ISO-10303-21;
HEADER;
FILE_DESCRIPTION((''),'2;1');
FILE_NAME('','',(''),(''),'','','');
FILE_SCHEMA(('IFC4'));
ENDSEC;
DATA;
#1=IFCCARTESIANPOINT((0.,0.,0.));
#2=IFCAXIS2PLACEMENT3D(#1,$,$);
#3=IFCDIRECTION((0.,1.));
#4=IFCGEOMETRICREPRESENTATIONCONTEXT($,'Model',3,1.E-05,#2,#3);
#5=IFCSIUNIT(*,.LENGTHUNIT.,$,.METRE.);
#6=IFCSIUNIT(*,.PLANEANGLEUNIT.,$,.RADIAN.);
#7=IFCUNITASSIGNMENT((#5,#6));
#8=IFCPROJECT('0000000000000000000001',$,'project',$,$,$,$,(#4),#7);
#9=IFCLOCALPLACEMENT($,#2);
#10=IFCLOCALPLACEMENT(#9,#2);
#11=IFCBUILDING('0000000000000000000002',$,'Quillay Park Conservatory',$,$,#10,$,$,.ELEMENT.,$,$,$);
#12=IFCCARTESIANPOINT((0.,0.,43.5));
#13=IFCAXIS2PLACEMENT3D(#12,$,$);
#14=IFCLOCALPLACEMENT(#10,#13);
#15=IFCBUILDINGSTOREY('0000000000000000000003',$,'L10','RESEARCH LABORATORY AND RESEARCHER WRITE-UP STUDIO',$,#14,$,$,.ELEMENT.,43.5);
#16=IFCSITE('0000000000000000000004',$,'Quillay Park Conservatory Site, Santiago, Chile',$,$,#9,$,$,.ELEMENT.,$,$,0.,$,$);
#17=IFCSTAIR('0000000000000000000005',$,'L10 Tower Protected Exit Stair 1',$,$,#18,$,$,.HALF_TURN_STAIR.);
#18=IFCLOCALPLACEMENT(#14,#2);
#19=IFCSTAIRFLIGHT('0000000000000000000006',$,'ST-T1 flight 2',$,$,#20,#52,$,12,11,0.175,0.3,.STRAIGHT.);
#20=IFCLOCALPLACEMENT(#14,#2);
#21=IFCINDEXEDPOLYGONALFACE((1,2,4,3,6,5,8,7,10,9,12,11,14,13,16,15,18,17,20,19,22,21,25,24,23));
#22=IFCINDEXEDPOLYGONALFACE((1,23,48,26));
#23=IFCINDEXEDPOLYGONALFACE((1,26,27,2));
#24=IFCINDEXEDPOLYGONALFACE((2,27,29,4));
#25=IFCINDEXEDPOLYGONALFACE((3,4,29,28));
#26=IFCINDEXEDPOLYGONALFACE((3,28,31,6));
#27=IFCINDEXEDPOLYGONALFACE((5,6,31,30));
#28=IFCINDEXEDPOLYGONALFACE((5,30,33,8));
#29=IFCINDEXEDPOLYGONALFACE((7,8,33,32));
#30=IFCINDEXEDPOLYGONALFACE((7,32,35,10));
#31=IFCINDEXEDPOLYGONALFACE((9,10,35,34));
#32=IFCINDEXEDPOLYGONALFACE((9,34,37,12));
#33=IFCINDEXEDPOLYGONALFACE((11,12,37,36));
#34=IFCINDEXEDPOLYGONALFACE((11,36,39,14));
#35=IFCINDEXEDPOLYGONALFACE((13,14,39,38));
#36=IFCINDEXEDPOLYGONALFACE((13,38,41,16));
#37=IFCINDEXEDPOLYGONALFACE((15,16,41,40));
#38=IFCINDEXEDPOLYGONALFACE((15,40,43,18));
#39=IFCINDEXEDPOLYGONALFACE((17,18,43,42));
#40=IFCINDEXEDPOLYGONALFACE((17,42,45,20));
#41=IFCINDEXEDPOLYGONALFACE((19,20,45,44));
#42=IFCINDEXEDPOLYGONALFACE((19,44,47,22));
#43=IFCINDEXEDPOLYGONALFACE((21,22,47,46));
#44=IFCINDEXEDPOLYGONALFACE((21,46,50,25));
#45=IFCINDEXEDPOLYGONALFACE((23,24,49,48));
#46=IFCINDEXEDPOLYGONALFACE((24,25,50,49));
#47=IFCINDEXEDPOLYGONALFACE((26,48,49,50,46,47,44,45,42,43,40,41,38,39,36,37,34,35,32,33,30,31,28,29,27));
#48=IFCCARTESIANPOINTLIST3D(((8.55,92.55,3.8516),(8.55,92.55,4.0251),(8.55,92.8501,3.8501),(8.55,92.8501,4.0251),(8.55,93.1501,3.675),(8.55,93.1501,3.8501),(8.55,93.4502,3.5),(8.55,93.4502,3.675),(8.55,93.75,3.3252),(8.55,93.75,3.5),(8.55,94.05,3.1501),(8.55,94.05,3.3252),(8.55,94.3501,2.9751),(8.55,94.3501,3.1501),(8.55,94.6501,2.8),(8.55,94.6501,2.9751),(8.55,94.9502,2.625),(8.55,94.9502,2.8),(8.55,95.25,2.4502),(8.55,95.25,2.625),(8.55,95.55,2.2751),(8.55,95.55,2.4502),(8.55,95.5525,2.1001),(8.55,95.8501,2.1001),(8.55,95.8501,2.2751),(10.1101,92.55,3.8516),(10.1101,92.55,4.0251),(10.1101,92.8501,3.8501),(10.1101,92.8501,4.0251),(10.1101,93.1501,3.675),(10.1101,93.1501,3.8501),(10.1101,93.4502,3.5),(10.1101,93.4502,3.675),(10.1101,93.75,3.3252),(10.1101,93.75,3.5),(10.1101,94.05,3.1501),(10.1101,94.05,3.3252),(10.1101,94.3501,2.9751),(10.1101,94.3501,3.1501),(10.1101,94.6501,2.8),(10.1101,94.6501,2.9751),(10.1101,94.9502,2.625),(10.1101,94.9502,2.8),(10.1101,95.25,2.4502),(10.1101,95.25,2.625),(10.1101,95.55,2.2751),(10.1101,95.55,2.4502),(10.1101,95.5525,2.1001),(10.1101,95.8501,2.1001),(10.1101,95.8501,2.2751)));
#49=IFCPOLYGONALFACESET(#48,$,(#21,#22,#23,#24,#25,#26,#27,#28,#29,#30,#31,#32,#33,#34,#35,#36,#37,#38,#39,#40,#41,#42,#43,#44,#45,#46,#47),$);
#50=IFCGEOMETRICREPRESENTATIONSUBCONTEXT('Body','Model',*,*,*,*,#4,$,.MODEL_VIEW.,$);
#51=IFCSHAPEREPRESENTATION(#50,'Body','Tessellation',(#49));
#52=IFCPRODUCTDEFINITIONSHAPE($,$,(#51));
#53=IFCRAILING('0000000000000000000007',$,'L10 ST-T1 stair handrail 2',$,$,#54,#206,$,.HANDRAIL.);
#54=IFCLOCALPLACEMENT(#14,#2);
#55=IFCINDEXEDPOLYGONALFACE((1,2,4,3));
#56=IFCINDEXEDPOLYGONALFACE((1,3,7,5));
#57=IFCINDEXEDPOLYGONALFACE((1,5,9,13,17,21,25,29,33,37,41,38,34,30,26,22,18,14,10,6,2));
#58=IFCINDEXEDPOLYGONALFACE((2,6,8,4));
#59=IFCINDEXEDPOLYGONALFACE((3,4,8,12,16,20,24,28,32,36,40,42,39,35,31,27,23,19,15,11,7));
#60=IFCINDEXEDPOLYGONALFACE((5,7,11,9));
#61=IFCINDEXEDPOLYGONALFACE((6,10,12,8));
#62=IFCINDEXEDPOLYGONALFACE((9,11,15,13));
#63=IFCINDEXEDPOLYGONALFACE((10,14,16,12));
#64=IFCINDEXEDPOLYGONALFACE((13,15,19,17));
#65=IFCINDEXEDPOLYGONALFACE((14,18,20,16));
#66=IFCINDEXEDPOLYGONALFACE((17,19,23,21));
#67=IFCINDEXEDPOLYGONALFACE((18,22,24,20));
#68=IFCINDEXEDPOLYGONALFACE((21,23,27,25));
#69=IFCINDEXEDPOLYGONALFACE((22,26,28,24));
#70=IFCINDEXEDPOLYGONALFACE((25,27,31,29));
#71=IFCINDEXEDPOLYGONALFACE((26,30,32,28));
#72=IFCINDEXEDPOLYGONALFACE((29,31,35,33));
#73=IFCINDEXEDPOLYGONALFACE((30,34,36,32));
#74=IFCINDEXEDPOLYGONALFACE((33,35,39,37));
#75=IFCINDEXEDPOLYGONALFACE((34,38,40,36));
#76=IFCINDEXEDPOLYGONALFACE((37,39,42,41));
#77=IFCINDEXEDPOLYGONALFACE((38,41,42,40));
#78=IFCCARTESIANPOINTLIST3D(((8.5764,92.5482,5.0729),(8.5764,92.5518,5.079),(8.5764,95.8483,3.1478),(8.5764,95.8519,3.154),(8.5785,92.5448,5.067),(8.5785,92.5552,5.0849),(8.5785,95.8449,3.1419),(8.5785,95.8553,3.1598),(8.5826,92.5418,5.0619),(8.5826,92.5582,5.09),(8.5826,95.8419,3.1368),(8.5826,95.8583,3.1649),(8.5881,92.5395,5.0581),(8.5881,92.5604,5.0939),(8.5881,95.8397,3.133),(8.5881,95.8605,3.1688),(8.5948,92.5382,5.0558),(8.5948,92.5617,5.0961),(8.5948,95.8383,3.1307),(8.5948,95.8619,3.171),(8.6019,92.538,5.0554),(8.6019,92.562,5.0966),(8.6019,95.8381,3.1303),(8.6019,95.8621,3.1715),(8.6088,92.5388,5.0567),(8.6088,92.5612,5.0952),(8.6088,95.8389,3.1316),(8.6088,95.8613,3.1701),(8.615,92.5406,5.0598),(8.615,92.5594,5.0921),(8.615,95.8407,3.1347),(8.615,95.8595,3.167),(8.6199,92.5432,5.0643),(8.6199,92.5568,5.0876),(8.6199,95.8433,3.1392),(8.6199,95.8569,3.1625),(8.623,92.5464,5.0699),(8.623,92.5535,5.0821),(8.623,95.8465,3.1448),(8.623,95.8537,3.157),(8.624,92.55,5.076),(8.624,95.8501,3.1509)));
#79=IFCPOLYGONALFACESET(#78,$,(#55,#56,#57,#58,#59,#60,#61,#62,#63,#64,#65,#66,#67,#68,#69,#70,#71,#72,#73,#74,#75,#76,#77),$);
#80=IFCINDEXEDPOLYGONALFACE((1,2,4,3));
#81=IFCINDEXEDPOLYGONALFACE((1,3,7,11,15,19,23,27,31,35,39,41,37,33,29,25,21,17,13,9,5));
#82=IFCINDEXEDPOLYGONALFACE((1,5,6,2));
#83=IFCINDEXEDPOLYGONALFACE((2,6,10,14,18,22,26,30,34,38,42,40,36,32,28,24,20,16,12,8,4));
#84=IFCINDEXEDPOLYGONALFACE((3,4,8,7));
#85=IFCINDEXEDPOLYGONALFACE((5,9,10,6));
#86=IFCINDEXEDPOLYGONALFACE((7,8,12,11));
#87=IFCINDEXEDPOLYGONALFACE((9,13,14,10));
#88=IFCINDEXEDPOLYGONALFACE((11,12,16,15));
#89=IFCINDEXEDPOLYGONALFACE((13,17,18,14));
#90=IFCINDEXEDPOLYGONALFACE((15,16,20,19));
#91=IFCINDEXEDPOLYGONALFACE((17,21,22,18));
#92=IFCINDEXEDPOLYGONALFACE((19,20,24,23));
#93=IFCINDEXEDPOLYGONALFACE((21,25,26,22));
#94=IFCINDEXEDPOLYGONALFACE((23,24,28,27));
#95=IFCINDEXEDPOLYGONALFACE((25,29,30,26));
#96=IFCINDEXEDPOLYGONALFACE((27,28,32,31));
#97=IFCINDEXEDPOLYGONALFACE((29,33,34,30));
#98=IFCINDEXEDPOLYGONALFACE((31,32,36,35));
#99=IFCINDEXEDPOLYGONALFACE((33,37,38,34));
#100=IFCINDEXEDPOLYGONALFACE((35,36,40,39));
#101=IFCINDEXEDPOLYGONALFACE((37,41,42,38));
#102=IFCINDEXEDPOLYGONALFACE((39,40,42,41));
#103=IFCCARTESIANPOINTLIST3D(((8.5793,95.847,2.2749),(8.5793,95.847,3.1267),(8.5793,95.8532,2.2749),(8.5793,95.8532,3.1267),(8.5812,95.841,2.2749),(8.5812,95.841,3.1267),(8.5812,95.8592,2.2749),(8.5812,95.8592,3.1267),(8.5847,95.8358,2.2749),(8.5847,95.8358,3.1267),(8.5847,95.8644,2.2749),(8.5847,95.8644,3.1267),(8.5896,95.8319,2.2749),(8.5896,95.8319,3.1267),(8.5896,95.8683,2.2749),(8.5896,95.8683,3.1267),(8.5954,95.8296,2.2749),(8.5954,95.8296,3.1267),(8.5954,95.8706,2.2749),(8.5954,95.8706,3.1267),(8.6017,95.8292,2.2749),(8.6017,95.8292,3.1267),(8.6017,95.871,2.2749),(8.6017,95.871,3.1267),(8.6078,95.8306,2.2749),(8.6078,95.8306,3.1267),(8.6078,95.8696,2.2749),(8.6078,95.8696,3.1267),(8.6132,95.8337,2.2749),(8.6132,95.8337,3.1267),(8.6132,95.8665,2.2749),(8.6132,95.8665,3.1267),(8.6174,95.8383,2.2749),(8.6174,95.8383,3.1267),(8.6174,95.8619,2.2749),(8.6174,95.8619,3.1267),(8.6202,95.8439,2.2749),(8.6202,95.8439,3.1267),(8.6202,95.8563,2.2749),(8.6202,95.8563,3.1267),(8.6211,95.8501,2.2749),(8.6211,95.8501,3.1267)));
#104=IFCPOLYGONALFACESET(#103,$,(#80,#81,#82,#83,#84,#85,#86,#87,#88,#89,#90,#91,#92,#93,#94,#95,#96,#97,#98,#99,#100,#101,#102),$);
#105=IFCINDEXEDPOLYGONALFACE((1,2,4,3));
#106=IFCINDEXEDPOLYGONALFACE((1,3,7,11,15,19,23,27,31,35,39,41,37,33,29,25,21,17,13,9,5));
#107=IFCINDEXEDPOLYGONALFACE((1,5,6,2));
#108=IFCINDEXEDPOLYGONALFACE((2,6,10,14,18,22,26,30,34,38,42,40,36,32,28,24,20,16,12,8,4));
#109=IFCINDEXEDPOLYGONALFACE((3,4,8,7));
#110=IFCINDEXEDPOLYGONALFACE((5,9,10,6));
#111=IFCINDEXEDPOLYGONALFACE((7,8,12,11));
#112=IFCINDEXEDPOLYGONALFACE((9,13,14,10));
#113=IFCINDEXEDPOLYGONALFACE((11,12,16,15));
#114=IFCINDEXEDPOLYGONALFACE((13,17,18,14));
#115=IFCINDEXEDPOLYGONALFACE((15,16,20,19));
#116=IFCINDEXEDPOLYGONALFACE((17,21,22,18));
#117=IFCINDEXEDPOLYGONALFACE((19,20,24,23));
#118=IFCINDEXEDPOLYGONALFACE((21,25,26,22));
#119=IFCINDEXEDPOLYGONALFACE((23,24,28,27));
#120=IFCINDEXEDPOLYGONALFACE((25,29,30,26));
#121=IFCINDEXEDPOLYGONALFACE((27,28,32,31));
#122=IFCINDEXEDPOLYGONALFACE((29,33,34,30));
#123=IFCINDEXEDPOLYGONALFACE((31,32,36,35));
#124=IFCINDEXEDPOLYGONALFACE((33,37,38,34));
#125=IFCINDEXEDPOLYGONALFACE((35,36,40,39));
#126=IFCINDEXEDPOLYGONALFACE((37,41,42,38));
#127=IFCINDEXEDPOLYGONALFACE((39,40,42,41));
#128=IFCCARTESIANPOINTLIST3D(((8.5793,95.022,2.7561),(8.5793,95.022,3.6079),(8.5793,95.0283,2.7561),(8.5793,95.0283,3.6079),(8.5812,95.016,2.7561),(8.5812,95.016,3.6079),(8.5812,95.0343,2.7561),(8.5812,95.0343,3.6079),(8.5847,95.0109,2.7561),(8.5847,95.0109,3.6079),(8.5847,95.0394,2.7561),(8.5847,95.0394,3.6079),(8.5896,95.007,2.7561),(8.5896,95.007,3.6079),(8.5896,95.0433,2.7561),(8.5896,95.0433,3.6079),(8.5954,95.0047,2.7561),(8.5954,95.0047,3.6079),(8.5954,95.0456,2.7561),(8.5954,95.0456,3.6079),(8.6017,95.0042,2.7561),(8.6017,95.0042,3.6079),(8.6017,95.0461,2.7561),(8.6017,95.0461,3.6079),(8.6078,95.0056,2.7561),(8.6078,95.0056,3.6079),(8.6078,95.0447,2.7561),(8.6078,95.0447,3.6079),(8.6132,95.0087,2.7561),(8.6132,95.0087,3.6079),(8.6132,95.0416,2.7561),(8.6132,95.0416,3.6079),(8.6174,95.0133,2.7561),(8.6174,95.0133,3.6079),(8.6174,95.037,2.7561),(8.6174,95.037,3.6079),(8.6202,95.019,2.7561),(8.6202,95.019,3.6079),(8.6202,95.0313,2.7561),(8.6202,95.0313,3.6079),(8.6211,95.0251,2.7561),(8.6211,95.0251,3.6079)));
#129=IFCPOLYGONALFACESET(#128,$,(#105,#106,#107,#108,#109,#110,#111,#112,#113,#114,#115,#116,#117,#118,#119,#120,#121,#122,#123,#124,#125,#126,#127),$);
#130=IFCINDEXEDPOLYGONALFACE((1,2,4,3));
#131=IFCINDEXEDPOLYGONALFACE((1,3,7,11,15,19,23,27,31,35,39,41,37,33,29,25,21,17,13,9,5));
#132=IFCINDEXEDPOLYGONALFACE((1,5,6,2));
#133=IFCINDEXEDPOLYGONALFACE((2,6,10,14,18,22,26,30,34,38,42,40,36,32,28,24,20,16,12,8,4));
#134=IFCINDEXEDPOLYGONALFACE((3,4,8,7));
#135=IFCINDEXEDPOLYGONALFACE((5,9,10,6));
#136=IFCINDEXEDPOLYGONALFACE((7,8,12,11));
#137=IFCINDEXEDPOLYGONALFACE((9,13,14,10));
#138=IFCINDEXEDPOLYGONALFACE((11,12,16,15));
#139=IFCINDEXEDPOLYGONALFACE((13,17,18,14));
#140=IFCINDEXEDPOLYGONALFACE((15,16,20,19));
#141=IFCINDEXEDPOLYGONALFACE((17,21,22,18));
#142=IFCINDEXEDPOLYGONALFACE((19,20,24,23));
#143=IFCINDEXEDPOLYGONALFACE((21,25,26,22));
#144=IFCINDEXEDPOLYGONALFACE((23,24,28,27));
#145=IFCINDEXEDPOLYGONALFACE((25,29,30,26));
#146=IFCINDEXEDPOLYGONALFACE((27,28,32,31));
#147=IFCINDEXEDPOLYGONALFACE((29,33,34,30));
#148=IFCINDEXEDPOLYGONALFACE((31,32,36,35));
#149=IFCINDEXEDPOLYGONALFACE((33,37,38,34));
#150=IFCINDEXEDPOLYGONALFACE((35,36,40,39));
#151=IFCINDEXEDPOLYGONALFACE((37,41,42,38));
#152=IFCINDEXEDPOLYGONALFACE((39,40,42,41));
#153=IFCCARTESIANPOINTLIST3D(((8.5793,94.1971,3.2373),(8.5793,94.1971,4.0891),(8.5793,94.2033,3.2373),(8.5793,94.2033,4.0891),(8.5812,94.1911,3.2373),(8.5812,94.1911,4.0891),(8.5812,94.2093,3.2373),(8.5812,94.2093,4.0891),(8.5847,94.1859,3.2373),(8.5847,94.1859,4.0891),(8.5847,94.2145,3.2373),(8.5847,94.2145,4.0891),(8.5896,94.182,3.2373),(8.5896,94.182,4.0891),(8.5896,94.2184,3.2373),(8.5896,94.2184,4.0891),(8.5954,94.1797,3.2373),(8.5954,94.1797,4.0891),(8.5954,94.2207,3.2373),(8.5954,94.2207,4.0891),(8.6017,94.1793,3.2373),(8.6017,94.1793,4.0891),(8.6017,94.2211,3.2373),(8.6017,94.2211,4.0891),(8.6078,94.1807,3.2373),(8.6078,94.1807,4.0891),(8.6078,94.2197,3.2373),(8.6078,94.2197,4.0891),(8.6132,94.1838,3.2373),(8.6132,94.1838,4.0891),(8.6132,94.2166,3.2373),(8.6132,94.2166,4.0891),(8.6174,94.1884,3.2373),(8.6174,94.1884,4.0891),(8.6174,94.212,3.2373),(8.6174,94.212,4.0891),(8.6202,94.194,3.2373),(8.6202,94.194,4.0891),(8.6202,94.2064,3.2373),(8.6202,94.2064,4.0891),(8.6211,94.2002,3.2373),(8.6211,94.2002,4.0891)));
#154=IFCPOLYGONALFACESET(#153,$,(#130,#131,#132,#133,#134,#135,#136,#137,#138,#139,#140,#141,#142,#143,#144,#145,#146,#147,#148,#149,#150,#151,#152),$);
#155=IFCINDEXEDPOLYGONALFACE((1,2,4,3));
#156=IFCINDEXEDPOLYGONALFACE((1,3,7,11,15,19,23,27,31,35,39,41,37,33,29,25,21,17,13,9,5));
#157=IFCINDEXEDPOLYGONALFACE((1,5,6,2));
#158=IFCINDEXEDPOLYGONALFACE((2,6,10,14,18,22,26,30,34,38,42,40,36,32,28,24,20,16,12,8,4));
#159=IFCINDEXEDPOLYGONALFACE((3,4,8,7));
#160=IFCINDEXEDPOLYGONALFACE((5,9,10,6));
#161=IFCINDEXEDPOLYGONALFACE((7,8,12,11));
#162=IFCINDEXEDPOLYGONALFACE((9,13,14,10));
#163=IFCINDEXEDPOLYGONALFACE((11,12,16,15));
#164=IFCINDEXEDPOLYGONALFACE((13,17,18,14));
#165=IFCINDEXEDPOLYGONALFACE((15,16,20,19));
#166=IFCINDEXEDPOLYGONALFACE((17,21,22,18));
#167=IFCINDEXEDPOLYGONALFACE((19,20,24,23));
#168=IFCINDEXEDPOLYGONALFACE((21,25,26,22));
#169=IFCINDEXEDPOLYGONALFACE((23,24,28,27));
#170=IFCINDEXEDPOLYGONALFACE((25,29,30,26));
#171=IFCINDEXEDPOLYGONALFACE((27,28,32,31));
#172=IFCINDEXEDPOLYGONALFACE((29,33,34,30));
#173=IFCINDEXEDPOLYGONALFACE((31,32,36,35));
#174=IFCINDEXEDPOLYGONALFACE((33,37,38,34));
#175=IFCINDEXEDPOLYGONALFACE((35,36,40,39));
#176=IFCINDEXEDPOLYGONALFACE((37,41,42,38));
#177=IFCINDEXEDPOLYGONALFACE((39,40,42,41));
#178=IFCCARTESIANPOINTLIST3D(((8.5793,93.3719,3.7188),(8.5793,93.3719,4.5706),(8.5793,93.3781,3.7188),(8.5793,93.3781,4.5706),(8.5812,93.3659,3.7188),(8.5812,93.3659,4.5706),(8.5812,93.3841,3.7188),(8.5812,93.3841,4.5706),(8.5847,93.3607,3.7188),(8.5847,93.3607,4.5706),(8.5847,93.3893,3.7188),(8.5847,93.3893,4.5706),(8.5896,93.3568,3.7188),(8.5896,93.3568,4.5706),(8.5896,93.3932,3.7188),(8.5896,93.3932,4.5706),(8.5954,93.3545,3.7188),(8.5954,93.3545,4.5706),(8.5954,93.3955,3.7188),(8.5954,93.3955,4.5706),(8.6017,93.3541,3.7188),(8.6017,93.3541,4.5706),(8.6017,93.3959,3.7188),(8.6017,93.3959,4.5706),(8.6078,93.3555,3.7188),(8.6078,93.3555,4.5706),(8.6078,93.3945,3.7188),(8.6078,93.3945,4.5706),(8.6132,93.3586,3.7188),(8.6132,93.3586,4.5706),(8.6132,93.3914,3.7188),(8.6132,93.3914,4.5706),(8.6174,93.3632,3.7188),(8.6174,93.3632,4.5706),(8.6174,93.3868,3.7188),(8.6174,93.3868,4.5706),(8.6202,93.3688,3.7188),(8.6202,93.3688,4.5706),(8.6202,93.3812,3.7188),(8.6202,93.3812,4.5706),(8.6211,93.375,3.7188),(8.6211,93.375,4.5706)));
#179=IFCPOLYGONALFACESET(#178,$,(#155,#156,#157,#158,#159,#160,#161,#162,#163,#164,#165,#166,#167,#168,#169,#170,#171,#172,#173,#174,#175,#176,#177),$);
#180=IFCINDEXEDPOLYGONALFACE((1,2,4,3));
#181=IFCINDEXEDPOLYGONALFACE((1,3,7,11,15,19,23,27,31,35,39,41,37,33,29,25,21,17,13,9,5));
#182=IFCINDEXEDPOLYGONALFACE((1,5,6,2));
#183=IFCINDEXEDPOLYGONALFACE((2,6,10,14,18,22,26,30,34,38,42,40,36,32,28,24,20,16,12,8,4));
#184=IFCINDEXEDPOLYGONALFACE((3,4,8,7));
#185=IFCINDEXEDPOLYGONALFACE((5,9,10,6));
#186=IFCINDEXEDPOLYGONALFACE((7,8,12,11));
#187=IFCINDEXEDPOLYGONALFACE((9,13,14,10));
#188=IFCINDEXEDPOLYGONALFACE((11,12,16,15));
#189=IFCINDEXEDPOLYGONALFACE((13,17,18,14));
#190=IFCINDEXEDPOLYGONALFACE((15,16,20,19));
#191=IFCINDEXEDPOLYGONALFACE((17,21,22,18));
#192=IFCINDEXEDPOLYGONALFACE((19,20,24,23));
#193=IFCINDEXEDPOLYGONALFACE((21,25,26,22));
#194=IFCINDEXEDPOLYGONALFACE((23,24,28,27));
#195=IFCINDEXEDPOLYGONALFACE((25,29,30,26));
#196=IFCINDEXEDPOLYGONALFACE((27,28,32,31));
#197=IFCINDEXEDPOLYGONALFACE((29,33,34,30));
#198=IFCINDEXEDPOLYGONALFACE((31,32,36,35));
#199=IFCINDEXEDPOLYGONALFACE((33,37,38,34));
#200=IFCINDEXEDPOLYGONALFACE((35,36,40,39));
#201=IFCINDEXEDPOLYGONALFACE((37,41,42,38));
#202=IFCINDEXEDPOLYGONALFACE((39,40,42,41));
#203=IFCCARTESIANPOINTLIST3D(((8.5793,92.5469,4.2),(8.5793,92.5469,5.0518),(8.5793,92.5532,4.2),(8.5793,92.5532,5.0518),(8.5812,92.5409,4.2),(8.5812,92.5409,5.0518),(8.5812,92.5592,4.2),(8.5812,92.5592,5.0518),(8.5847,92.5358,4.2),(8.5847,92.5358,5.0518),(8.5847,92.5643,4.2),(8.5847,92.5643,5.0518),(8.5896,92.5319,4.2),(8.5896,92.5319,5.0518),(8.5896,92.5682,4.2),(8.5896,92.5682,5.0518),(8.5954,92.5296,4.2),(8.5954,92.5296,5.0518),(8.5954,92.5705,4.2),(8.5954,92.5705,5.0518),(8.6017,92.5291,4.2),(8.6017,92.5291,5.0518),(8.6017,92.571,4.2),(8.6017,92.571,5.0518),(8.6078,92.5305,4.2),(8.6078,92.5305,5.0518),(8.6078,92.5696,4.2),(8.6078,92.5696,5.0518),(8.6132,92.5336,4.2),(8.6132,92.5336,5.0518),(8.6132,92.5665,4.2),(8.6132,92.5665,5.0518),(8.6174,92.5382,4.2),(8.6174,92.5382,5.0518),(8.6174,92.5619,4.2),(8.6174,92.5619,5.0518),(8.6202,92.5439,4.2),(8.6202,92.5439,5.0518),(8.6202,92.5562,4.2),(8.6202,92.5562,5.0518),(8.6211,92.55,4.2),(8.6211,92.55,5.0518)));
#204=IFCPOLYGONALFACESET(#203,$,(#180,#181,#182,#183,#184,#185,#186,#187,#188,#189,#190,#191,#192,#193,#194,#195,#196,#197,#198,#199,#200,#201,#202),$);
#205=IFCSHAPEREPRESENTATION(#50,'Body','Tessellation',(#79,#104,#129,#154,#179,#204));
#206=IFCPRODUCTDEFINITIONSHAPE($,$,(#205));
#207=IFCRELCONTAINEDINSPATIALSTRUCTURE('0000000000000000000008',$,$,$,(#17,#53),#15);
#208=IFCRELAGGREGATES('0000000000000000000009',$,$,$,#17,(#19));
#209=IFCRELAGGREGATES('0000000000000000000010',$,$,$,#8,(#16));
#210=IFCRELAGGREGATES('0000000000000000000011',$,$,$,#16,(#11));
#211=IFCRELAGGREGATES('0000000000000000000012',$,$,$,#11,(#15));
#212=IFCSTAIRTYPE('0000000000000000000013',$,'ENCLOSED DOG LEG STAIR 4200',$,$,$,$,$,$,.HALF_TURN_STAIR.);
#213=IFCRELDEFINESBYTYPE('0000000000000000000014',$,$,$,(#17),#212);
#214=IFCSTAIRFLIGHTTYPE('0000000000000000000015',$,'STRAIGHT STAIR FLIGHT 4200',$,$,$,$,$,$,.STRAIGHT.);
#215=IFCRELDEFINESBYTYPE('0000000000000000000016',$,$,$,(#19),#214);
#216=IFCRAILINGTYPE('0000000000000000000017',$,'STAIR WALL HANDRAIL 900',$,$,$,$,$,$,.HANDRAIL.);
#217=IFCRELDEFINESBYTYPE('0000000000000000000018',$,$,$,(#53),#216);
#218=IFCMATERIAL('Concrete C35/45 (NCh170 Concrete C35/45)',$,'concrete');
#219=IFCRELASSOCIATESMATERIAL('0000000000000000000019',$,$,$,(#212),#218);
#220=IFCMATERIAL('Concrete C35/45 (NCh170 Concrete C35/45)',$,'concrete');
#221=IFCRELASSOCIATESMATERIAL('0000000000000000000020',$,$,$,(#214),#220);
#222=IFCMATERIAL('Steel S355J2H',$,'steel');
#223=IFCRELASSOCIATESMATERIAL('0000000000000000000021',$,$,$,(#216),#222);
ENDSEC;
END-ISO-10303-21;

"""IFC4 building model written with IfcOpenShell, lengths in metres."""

from ifc_helpers import new_model, si_unit, direction, frame, origin, origin_2d, place, context, subcontext, project, spatial, polyline, circle, outline, extrude, material, type_object, element, aggregate, save


model = new_model("IFC4")

# Units and contexts
model_context = context("Model", 3, precision=1e-05, world=origin(), true_north=direction((0.0, 1.0)))
body_context = subcontext(model_context, "Body", "Model", "MODEL_VIEW")
ifc_project = project(units=[si_unit("LENGTHUNIT", "METRE"), si_unit("PLANEANGLEUNIT", "RADIAN")], contexts=[model_context])

# Site, building, storey
site_placement = place(None, origin())
site = spatial("IfcSite", under=ifc_project, at=site_placement, Name="Quillay Park Conservatory Site, Santiago, Chile", CompositionType="ELEMENT", RefElevation=0.0)
building_placement = place(site_placement, origin())
building = spatial("IfcBuilding", under=site, at=building_placement, Name="Quillay Park Conservatory", CompositionType="ELEMENT")
storey_placement = place(building_placement, frame((0.0, 0.0, 43.5)))
storey = spatial("IfcBuildingStorey", under=building, at=storey_placement, Name="L10", Description="RESEARCH LABORATORY AND RESEARCHER WRITE-UP STUDIO", CompositionType="ELEMENT", Elevation=43.5)

# Stair, stair flight
ifc_material_1 = material(Name="Concrete C35/45 (NCh170 Concrete C35/45)", Category="concrete")
stair_type = type_object("IfcStairType", Name="ENCLOSED DOG LEG STAIR 4200", PredefinedType="HALF_TURN_STAIR", material=ifc_material_1)
stair_placement = place(storey_placement, origin())
stair = element("IfcStair", 1, at=stair_placement, inside=storey, type_object=stair_type, Name="L10 Tower Protected Exit Stair 1", PredefinedType="HALF_TURN_STAIR")
ifc_material_2 = material(Name="Concrete C35/45 (NCh170 Concrete C35/45)", Category="concrete")
stair_flight_type = type_object("IfcStairFlightType", Name="STRAIGHT STAIR FLIGHT 4200", PredefinedType="STRAIGHT", material=ifc_material_2)
stair_flight_placement = place(storey_placement, frame((9.3301, 95.8501, 2.1001), z_axis=(0.0, 0.0, 1.0), x_axis=(0.0, -1.0, 0.0)))
stair_flight = element("IfcStairFlight", 2, at=stair_flight_placement, type_object=stair_flight_type, Name="ST-T1 flight 2", NumberOfRisers=12, NumberOfTreads=11, PredefinedType="STRAIGHT", RiserHeight=0.175, TreadLength=0.3, context=body_context, shape_type="SweptSolid", body=[
    extrude(outline(polyline([(0.0, 0.0), (0.0, 0.175), (0.3, 0.175), (0.3, 0.3501), (0.6001, 0.3501), (0.6001, 0.5249), (0.8999, 0.5249), (0.8999, 0.7), (1.2, 0.7), (1.2, 0.875), (1.5, 0.875), (1.5, 1.05), (1.8, 1.05), (1.8, 1.2251), (2.1001, 1.2251), (2.1001, 1.3999), (2.3999, 1.3999), (2.3999, 1.575), (2.7, 1.575), (2.7, 1.75), (3.0, 1.75), (3.0, 1.925), (3.3, 1.925), (3.3, 2.1001), (3.3, 1.7515), (0.2976, 0.0), (0.0, 0.0)])), frame((0.0, 0.78, 0.0), z_axis=(0.0, -1.0, 0.0), x_axis=(1.0, 0.0, 0.0)), (0.0, 0.0, 1.0), 1.5601),
])
aggregate(stair, [stair_flight])

# Railing
ifc_material_3 = material(Name="Steel S355J2H", Category="steel")
railing_type_1 = type_object("IfcRailingType", Name="STAIR WALL HANDRAIL 900", PredefinedType="HANDRAIL", material=ifc_material_3)
railing_1_placement = place(storey_placement, frame((8.6001, 95.8501, 2.2749)))
element("IfcRailing", 3, at=railing_1_placement, inside=storey, type_object=railing_type_1, Name="L10 ST-T1 stair handrail 2", PredefinedType="HANDRAIL", context=body_context, shape_type="SweptSolid", body=[
    extrude(circle(Radius=0.0239, at=origin_2d()), frame((0.0, 0.0, 0.876), z_axis=(0.0, -0.863777, 0.503875), x_axis=(1.0, 0.0, 0.0)), (0.0, 0.0, 1.0), 3.8206),
    extrude(circle(Radius=0.021, at=origin_2d()), origin(), (0.0, 0.0, 1.0), 0.8518),
    extrude(circle(Radius=0.021, at=origin_2d()), frame((0.0, -0.825, 0.4812)), (0.0, 0.0, 1.0), 0.8518),
    extrude(circle(Radius=0.021, at=origin_2d()), frame((0.0, -1.6499, 0.9624)), (0.0, 0.0, 1.0), 0.8518),
    extrude(circle(Radius=0.021, at=origin_2d()), frame((0.0, -2.4751, 1.4438)), (0.0, 0.0, 1.0), 0.8518),
    extrude(circle(Radius=0.021, at=origin_2d()), frame((0.0, -3.3, 1.925)), (0.0, 0.0, 1.0), 0.8518),
])

save(model, "model.ifc")
